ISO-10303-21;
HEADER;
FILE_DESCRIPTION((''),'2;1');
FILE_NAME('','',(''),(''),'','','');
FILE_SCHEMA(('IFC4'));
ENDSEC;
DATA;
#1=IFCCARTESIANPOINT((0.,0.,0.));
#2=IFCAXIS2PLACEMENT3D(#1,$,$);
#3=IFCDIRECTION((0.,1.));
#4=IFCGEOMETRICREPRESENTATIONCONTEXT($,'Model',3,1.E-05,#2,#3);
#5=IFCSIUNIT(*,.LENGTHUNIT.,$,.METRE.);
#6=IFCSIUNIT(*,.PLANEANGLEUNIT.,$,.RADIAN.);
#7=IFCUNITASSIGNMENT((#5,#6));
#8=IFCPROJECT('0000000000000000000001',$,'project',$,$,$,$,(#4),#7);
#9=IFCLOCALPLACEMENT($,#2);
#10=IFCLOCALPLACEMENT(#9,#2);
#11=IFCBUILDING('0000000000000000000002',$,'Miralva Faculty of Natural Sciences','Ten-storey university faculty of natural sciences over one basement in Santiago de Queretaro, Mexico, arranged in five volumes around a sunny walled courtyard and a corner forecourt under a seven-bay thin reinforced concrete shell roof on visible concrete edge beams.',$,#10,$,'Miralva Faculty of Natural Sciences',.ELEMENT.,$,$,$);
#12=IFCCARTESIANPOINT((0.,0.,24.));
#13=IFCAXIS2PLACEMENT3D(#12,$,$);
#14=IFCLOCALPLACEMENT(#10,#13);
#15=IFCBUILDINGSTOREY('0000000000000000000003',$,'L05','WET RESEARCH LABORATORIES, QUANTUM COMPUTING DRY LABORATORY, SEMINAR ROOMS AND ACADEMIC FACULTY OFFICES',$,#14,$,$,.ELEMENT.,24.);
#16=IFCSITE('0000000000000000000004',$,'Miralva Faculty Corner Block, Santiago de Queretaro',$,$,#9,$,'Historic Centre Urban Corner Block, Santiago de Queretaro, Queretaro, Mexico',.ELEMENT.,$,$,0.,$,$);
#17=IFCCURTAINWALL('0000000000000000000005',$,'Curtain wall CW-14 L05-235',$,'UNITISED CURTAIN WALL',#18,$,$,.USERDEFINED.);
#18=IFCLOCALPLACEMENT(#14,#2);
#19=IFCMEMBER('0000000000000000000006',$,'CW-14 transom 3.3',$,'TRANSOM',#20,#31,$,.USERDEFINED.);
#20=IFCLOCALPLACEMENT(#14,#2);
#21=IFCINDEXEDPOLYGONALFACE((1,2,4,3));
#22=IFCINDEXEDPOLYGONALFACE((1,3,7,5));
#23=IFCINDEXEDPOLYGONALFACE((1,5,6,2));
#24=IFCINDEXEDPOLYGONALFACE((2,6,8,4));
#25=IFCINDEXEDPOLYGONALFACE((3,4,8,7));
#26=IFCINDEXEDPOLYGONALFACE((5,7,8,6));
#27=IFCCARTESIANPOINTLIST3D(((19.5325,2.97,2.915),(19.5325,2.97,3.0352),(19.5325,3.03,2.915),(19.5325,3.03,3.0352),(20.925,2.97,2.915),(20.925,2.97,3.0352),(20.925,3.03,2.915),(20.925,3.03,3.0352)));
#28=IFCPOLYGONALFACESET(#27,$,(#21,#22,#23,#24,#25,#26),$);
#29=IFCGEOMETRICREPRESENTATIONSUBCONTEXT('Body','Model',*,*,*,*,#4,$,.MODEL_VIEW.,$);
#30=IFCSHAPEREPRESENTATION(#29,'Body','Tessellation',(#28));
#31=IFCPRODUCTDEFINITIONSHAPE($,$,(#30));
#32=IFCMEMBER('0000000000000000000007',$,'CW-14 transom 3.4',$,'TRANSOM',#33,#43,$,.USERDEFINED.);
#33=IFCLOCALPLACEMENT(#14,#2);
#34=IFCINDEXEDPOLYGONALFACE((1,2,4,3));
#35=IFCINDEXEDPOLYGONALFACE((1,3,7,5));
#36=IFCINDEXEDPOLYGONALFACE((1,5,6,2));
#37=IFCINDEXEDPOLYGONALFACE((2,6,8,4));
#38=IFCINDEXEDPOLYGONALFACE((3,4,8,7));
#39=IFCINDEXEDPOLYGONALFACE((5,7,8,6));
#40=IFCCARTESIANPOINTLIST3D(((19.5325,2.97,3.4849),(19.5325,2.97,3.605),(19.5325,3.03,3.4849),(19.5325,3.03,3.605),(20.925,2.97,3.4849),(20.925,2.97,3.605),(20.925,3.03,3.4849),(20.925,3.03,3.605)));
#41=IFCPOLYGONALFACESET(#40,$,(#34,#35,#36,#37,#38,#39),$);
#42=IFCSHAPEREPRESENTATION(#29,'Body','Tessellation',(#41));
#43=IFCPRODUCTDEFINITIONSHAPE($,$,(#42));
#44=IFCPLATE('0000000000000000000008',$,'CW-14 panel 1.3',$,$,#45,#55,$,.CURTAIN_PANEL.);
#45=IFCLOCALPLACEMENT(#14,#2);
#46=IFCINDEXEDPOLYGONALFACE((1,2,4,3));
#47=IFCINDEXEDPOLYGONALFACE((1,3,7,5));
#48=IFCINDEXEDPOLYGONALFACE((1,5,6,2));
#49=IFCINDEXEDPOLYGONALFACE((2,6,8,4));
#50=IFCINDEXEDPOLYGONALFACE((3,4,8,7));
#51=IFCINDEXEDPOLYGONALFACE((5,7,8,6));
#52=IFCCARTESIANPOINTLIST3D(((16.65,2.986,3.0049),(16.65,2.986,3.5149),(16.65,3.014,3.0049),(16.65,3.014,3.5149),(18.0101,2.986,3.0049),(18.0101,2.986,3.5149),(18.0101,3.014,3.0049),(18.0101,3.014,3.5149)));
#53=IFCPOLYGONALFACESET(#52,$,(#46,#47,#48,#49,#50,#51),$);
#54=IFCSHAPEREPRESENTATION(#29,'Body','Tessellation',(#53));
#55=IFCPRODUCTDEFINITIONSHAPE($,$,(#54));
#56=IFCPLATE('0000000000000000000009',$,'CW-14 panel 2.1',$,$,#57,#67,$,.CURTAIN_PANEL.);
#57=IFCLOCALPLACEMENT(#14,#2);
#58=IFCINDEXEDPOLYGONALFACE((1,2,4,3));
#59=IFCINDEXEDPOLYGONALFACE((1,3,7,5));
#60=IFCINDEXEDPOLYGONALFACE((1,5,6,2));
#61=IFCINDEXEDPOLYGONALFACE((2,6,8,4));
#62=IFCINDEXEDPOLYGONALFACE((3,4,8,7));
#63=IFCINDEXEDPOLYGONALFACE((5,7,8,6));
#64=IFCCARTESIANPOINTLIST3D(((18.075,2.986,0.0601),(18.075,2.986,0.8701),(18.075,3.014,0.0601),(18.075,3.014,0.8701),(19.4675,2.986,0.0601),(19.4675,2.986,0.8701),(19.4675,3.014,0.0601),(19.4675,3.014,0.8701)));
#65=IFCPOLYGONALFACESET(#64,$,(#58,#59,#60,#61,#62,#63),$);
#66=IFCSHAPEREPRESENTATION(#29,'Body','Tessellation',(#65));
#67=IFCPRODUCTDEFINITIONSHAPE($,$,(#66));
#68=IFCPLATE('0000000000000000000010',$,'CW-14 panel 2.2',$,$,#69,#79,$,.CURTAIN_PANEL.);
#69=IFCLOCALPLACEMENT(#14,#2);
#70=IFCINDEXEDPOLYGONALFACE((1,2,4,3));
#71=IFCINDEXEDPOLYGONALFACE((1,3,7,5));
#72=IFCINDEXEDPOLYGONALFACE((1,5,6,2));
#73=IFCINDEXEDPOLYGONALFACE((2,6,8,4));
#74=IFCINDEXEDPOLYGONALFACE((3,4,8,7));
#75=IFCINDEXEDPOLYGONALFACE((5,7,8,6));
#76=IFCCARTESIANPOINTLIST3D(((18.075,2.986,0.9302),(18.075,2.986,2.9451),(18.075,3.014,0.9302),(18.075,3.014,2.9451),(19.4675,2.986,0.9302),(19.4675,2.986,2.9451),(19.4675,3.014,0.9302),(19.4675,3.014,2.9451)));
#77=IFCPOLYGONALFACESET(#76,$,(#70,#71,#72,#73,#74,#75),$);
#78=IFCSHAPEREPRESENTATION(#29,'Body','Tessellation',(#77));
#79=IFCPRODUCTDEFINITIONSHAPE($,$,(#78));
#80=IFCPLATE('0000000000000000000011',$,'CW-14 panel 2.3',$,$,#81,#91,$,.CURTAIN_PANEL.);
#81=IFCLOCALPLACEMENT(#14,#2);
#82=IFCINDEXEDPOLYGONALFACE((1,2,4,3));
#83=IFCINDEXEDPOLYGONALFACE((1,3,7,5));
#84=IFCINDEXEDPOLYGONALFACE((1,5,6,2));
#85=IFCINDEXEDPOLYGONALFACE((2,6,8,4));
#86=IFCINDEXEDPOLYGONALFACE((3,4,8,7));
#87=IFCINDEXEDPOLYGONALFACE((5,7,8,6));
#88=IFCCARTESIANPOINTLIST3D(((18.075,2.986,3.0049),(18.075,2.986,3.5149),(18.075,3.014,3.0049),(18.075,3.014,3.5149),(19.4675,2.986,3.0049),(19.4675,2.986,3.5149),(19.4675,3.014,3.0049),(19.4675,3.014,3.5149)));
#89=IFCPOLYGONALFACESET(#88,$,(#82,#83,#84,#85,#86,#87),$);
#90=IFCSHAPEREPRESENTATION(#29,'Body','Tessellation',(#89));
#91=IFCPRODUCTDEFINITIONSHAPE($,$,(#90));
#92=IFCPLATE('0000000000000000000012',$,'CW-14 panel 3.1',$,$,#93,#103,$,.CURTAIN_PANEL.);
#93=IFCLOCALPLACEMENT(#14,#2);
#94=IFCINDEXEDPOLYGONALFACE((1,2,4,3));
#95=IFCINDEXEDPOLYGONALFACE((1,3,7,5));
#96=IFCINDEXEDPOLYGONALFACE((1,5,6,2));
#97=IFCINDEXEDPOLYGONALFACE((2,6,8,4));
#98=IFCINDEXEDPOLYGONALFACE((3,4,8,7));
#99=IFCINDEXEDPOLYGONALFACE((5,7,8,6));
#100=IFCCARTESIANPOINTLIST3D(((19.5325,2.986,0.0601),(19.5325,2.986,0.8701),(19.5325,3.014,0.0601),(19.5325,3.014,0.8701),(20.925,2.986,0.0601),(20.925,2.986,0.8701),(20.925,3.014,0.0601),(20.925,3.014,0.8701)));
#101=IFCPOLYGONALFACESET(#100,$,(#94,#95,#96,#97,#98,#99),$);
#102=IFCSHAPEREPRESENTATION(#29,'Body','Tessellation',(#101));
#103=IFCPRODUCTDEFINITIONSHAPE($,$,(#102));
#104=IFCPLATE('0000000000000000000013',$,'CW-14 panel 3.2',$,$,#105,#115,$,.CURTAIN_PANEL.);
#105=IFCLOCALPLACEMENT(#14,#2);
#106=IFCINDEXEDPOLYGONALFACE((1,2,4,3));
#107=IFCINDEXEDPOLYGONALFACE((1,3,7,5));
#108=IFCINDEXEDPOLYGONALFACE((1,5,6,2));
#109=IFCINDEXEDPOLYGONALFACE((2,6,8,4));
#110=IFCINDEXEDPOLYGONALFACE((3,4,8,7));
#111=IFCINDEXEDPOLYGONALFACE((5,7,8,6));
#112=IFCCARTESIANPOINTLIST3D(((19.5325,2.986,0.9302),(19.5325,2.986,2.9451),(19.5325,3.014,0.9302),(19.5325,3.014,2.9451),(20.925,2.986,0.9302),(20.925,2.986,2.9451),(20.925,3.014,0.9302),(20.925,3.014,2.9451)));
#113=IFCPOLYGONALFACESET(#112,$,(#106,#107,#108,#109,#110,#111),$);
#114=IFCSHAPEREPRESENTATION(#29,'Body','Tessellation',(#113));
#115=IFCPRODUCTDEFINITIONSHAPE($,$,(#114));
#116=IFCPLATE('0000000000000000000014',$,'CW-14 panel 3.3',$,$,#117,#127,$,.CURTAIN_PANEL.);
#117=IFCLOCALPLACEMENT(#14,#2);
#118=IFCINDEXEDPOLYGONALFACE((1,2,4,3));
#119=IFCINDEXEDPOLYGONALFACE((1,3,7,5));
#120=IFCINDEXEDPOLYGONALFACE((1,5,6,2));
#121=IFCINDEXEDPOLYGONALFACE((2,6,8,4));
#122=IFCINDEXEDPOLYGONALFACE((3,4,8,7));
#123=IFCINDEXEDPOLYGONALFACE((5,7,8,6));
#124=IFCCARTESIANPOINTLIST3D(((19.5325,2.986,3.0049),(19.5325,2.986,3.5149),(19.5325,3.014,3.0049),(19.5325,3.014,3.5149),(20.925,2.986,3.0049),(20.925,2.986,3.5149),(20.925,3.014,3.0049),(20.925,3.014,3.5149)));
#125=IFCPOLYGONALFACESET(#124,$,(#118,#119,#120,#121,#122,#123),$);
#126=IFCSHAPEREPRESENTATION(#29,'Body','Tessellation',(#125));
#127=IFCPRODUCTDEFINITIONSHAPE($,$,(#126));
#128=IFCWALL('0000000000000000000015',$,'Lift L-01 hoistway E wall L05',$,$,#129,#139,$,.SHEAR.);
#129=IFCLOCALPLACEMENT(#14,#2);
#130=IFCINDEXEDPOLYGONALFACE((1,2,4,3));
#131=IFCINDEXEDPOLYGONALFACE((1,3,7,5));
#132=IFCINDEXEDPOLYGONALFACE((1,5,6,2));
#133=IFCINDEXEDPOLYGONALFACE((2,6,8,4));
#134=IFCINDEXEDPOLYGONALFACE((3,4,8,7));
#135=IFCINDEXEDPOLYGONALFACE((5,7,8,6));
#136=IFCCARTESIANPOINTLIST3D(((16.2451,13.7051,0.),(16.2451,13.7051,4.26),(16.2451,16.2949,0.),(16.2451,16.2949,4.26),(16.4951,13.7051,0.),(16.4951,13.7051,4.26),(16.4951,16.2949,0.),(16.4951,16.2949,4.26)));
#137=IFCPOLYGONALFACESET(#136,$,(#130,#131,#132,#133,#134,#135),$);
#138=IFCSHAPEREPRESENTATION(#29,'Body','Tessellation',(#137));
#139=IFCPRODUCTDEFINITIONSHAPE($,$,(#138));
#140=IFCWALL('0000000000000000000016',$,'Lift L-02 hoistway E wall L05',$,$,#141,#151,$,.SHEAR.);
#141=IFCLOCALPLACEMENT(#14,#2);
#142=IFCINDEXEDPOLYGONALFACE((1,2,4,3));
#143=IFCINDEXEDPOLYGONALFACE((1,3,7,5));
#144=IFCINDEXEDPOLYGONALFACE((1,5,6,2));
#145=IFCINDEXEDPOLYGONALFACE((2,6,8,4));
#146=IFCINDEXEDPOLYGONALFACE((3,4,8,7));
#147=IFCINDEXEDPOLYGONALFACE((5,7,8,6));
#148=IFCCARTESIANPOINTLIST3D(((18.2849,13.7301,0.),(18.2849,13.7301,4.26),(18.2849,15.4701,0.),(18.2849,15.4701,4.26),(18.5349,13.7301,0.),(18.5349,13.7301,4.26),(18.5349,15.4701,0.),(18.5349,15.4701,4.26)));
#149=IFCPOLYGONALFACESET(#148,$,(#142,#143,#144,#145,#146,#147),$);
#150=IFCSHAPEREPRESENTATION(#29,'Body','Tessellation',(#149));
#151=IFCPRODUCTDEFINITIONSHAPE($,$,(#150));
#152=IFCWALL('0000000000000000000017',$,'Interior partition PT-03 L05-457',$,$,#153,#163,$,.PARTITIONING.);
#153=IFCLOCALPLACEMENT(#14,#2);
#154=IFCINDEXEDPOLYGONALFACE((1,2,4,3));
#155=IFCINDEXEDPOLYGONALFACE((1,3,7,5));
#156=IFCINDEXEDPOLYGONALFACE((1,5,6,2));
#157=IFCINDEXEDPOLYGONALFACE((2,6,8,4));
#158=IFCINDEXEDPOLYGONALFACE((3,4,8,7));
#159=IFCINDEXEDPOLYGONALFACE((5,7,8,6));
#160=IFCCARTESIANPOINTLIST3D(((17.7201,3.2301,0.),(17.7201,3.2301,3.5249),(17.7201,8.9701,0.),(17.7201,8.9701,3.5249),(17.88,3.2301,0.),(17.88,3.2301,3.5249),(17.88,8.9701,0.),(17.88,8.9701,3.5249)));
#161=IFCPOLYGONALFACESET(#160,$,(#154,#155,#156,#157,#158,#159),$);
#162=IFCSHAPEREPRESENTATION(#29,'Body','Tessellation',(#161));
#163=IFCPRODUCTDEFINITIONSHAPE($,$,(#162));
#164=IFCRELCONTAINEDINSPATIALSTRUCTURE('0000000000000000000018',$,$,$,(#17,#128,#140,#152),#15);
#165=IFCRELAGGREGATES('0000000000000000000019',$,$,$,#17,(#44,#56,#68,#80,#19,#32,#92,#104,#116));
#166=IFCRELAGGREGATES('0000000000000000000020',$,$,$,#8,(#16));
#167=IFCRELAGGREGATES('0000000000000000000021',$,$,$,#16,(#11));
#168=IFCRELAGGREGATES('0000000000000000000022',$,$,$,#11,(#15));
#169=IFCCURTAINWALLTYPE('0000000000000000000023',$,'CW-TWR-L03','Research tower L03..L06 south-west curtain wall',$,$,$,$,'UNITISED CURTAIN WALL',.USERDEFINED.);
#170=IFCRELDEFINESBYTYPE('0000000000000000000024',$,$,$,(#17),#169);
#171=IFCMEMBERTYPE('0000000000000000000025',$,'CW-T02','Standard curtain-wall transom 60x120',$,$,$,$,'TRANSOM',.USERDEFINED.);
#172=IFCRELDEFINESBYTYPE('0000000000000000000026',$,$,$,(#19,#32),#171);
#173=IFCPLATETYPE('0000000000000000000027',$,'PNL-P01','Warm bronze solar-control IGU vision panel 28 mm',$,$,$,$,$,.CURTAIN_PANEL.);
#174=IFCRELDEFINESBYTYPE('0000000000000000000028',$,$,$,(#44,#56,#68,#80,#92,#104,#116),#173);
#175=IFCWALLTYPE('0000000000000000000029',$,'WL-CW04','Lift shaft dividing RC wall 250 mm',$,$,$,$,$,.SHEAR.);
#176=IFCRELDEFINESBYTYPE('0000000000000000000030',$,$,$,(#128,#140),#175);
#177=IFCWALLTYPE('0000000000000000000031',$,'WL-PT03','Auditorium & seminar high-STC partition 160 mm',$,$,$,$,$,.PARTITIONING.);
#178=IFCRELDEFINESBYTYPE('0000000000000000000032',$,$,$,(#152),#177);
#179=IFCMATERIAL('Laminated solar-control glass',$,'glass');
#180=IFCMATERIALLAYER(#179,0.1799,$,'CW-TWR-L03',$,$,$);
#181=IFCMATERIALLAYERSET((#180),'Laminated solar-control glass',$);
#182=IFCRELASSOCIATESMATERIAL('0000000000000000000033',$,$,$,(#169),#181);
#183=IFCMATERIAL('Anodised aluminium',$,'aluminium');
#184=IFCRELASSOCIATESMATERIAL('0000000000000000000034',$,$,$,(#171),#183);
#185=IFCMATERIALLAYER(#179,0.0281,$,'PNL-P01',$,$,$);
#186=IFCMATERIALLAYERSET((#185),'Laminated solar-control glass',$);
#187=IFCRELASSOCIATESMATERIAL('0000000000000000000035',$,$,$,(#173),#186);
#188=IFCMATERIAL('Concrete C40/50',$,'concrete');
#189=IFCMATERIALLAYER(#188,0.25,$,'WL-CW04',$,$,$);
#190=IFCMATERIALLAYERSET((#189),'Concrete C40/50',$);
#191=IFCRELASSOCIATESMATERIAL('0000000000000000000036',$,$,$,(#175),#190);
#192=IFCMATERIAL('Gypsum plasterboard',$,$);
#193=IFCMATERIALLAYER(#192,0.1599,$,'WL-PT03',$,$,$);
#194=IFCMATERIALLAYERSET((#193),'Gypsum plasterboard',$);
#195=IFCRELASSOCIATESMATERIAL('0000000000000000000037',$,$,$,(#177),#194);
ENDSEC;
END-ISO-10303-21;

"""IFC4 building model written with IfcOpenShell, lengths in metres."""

from ifc_helpers import new_model, si_unit, direction, frame, frame_2d, origin, origin_2d, place, context, subcontext, project, spatial, rectangle, extrude, material, layer, layer_set, material_profile, profile_set, type_object, element, aggregate, save


model = new_model("IFC4")

# Units and contexts
model_context = context("Model", 3, precision=1e-05, world=origin(), true_north=direction((0.0, 1.0)))
body_context = subcontext(model_context, "Body", "Model", "MODEL_VIEW")
ifc_project = project(units=[si_unit("LENGTHUNIT", "METRE"), si_unit("PLANEANGLEUNIT", "RADIAN")], contexts=[model_context])

# Site, building, storey
site_placement = place(None, origin())
site = spatial("IfcSite", under=ifc_project, at=site_placement, Name="Miralva Faculty Corner Block, Santiago de Queretaro", LongName="Historic Centre Urban Corner Block, Santiago de Queretaro, Queretaro, Mexico", CompositionType="ELEMENT", RefElevation=0.0)
building_placement = place(site_placement, origin())
building = spatial("IfcBuilding", under=site, at=building_placement, Name="Miralva Faculty of Natural Sciences", Description="Ten-storey university faculty of natural sciences over one basement in Santiago de Queretaro, Mexico, arranged in five volumes around a sunny walled courtyard and a corner forecourt under a seven-bay thin reinforced concrete shell roof on visible concrete edge beams.", LongName="Miralva Faculty of Natural Sciences", CompositionType="ELEMENT")
storey_placement = place(building_placement, frame((0.0, 0.0, 24.0)))
storey = spatial("IfcBuildingStorey", under=building, at=storey_placement, Name="L05", Description="WET RESEARCH LABORATORIES, QUANTUM COMPUTING DRY LABORATORY, SEMINAR ROOMS AND ACADEMIC FACULTY OFFICES", CompositionType="ELEMENT", Elevation=24.0)

# Shared definitions
ifc_material_1 = material(Name="Concrete C40/50", Category="concrete")

# Curtain wall, members, plates
ifc_material_2 = material(Name="Laminated solar-control glass", Category="glass")
ifc_layer_1 = layer(ifc_material_2, 0.1799, Name="CW-TWR-L03")
ifc_layer_set_1 = layer_set([ifc_layer_1], Name="Laminated solar-control glass")
curtain_wall_type = type_object("IfcCurtainWallType", Name="CW-TWR-L03", Description="Research tower L03..L06 south-west curtain wall", ElementType="UNITISED CURTAIN WALL", PredefinedType="USERDEFINED", material=ifc_layer_set_1)
curtain_wall_placement = place(storey_placement, origin())
curtain_wall = element("IfcCurtainWall", 1, at=curtain_wall_placement, inside=storey, type_object=curtain_wall_type, Name="Curtain wall CW-14 L05-235", ObjectType="UNITISED CURTAIN WALL", PredefinedType="USERDEFINED")
ifc_material_3 = material(Name="Anodised aluminium", Category="aluminium")
ifc_material_profile_1 = material_profile(ifc_material_3, rectangle(XDim=0.0601, YDim=0.1201, at=origin_2d()), Name="TRANSOM 60x120")
ifc_profile_set_1 = profile_set([ifc_material_profile_1], Name="Anodised aluminium")
member_type_1 = type_object("IfcMemberType", Name="CW-T02", Description="Standard curtain-wall transom 60x120", ElementType="TRANSOM", PredefinedType="USERDEFINED", material=ifc_profile_set_1)
member_1_placement = place(storey_placement, frame((19.5325, 3.0, 2.9751), z_axis=(1.0, 0.0, 0.0), x_axis=(0.0, 1.0, 0.0)))
member_1 = element("IfcMember", 2, at=member_1_placement, type_object=member_type_1, Name="CW-14 transom 3.3", ObjectType="TRANSOM", PredefinedType="USERDEFINED", context=body_context, shape_type="SweptSolid", body=[
    extrude(rectangle(XDim=0.0601, YDim=0.1201, at=origin_2d()), origin(), (0.0, 0.0, 1.0), 1.3926),
])
member_2_placement = place(storey_placement, frame((19.5325, 3.0, 3.5449), z_axis=(1.0, 0.0, 0.0), x_axis=(0.0, 1.0, 0.0)))
member_2 = element("IfcMember", 3, at=member_2_placement, type_object=member_type_1, Name="CW-14 transom 3.4", ObjectType="TRANSOM", PredefinedType="USERDEFINED", context=body_context, shape_type="SweptSolid", body=[
    extrude(rectangle(XDim=0.0601, YDim=0.1201, at=origin_2d()), origin(), (0.0, 0.0, 1.0), 1.3926),
])
ifc_layer_2 = layer(ifc_material_2, 0.0281, Name="PNL-P01")
ifc_layer_set_2 = layer_set([ifc_layer_2], Name="Laminated solar-control glass")
plate_type = type_object("IfcPlateType", Name="PNL-P01", Description="Warm bronze solar-control IGU vision panel 28 mm", PredefinedType="CURTAIN_PANEL", material=ifc_layer_set_2)
plate_1_placement = place(storey_placement, frame((17.3301, 3.0, 3.0049), z_axis=(0.0, 0.0, 1.0), x_axis=(1.0, 0.0, 0.0)))
plate_1 = element("IfcPlate", 4, at=plate_1_placement, type_object=plate_type, Name="CW-14 panel 1.3", PredefinedType="CURTAIN_PANEL", context=body_context, shape_type="SweptSolid", body=[
    extrude(rectangle(XDim=1.3601, YDim=0.0281, at=origin_2d()), origin(), (0.0, 0.0, 1.0), 0.51),
])
plate_2_placement = place(storey_placement, frame((18.7712, 3.0, 0.0601), z_axis=(0.0, 0.0, 1.0), x_axis=(1.0, 0.0, 0.0)))
plate_2 = element("IfcPlate", 5, at=plate_2_placement, type_object=plate_type, Name="CW-14 panel 2.1", PredefinedType="CURTAIN_PANEL", context=body_context, shape_type="SweptSolid", body=[
    extrude(rectangle(XDim=1.3926, YDim=0.0281, at=origin_2d()), origin(), (0.0, 0.0, 1.0), 0.8101),
])
plate_3_placement = place(storey_placement, frame((18.7712, 3.0, 0.9302), z_axis=(0.0, 0.0, 1.0), x_axis=(1.0, 0.0, 0.0)))
plate_3 = element("IfcPlate", 6, at=plate_3_placement, type_object=plate_type, Name="CW-14 panel 2.2", PredefinedType="CURTAIN_PANEL", context=body_context, shape_type="SweptSolid", body=[
    extrude(rectangle(XDim=1.3926, YDim=0.0281, at=origin_2d()), origin(), (0.0, 0.0, 1.0), 2.0149),
])
plate_4_placement = place(storey_placement, frame((18.7712, 3.0, 3.0049), z_axis=(0.0, 0.0, 1.0), x_axis=(1.0, 0.0, 0.0)))
plate_4 = element("IfcPlate", 7, at=plate_4_placement, type_object=plate_type, Name="CW-14 panel 2.3", PredefinedType="CURTAIN_PANEL", context=body_context, shape_type="SweptSolid", body=[
    extrude(rectangle(XDim=1.3926, YDim=0.0281, at=origin_2d()), origin(), (0.0, 0.0, 1.0), 0.51),
])
plate_5_placement = place(storey_placement, frame((20.2288, 3.0, 0.0601), z_axis=(0.0, 0.0, 1.0), x_axis=(1.0, 0.0, 0.0)))
plate_5 = element("IfcPlate", 8, at=plate_5_placement, type_object=plate_type, Name="CW-14 panel 3.1", PredefinedType="CURTAIN_PANEL", context=body_context, shape_type="SweptSolid", body=[
    extrude(rectangle(XDim=1.3926, YDim=0.0281, at=origin_2d()), origin(), (0.0, 0.0, 1.0), 0.8101),
])
plate_6_placement = place(storey_placement, frame((20.2288, 3.0, 0.9302), z_axis=(0.0, 0.0, 1.0), x_axis=(1.0, 0.0, 0.0)))
plate_6 = element("IfcPlate", 9, at=plate_6_placement, type_object=plate_type, Name="CW-14 panel 3.2", PredefinedType="CURTAIN_PANEL", context=body_context, shape_type="SweptSolid", body=[
    extrude(rectangle(XDim=1.3926, YDim=0.0281, at=origin_2d()), origin(), (0.0, 0.0, 1.0), 2.0149),
])
plate_7_placement = place(storey_placement, frame((20.2288, 3.0, 3.0049), z_axis=(0.0, 0.0, 1.0), x_axis=(1.0, 0.0, 0.0)))
plate_7 = element("IfcPlate", 10, at=plate_7_placement, type_object=plate_type, Name="CW-14 panel 3.3", PredefinedType="CURTAIN_PANEL", context=body_context, shape_type="SweptSolid", body=[
    extrude(rectangle(XDim=1.3926, YDim=0.0281, at=origin_2d()), origin(), (0.0, 0.0, 1.0), 0.51),
])
aggregate(curtain_wall, [plate_1, plate_2, plate_3, plate_4, member_1, member_2, plate_5, plate_6, plate_7])

# Wall
ifc_layer_3 = layer(ifc_material_1, 0.25, Name="WL-CW04")
ifc_layer_set_3 = layer_set([ifc_layer_3], Name="Concrete C40/50")
wall_type_1 = type_object("IfcWallType", Name="WL-CW04", Description="Lift shaft dividing RC wall 250 mm", PredefinedType="SHEAR", material=ifc_layer_set_3)
wall_1_placement = place(storey_placement, frame((16.3701, 13.7051, 0.0), z_axis=(0.0, 0.0, 1.0), x_axis=(0.0, 1.0, 0.0)))
element("IfcWall", 11, at=wall_1_placement, inside=storey, type_object=wall_type_1, Name="Lift L-01 hoistway E wall L05", PredefinedType="SHEAR", context=body_context, shape_type="SweptSolid", body=[
    extrude(rectangle(XDim=2.5898, YDim=0.25, at=frame_2d((1.2949, 0.0))), origin(), (0.0, 0.0, 1.0), 4.26),
])

# Wall
wall_2_placement = place(storey_placement, frame((18.4099, 13.73, 0.0), z_axis=(0.0, 0.0, 1.0), x_axis=(0.0, 1.0, 0.0)))
element("IfcWall", 12, at=wall_2_placement, inside=storey, type_object=wall_type_1, Name="Lift L-02 hoistway E wall L05", PredefinedType="SHEAR", context=body_context, shape_type="SweptSolid", body=[
    extrude(rectangle(XDim=1.74, YDim=0.25, at=frame_2d((0.8701, 0.0))), origin(), (0.0, 0.0, 1.0), 4.26),
])

# Wall
ifc_material_4 = material(Name="Gypsum plasterboard")
ifc_layer_4 = layer(ifc_material_4, 0.1599, Name="WL-PT03")
ifc_layer_set_4 = layer_set([ifc_layer_4], Name="Gypsum plasterboard")
wall_type_2 = type_object("IfcWallType", Name="WL-PT03", Description="Auditorium & seminar high-STC partition 160 mm", PredefinedType="PARTITIONING", material=ifc_layer_set_4)
wall_3_placement = place(storey_placement, frame((17.8, 3.23, 0.0), z_axis=(0.0, 0.0, 1.0), x_axis=(0.0, 1.0, 0.0)))
element("IfcWall", 13, at=wall_3_placement, inside=storey, type_object=wall_type_2, Name="Interior partition PT-03 L05-457", PredefinedType="PARTITIONING", context=body_context, shape_type="SweptSolid", body=[
    extrude(rectangle(XDim=5.74, YDim=0.1599, at=frame_2d((2.8701, 0.0))), origin(), (0.0, 0.0, 1.0), 3.5249),
])

save(model, "model.ifc")
